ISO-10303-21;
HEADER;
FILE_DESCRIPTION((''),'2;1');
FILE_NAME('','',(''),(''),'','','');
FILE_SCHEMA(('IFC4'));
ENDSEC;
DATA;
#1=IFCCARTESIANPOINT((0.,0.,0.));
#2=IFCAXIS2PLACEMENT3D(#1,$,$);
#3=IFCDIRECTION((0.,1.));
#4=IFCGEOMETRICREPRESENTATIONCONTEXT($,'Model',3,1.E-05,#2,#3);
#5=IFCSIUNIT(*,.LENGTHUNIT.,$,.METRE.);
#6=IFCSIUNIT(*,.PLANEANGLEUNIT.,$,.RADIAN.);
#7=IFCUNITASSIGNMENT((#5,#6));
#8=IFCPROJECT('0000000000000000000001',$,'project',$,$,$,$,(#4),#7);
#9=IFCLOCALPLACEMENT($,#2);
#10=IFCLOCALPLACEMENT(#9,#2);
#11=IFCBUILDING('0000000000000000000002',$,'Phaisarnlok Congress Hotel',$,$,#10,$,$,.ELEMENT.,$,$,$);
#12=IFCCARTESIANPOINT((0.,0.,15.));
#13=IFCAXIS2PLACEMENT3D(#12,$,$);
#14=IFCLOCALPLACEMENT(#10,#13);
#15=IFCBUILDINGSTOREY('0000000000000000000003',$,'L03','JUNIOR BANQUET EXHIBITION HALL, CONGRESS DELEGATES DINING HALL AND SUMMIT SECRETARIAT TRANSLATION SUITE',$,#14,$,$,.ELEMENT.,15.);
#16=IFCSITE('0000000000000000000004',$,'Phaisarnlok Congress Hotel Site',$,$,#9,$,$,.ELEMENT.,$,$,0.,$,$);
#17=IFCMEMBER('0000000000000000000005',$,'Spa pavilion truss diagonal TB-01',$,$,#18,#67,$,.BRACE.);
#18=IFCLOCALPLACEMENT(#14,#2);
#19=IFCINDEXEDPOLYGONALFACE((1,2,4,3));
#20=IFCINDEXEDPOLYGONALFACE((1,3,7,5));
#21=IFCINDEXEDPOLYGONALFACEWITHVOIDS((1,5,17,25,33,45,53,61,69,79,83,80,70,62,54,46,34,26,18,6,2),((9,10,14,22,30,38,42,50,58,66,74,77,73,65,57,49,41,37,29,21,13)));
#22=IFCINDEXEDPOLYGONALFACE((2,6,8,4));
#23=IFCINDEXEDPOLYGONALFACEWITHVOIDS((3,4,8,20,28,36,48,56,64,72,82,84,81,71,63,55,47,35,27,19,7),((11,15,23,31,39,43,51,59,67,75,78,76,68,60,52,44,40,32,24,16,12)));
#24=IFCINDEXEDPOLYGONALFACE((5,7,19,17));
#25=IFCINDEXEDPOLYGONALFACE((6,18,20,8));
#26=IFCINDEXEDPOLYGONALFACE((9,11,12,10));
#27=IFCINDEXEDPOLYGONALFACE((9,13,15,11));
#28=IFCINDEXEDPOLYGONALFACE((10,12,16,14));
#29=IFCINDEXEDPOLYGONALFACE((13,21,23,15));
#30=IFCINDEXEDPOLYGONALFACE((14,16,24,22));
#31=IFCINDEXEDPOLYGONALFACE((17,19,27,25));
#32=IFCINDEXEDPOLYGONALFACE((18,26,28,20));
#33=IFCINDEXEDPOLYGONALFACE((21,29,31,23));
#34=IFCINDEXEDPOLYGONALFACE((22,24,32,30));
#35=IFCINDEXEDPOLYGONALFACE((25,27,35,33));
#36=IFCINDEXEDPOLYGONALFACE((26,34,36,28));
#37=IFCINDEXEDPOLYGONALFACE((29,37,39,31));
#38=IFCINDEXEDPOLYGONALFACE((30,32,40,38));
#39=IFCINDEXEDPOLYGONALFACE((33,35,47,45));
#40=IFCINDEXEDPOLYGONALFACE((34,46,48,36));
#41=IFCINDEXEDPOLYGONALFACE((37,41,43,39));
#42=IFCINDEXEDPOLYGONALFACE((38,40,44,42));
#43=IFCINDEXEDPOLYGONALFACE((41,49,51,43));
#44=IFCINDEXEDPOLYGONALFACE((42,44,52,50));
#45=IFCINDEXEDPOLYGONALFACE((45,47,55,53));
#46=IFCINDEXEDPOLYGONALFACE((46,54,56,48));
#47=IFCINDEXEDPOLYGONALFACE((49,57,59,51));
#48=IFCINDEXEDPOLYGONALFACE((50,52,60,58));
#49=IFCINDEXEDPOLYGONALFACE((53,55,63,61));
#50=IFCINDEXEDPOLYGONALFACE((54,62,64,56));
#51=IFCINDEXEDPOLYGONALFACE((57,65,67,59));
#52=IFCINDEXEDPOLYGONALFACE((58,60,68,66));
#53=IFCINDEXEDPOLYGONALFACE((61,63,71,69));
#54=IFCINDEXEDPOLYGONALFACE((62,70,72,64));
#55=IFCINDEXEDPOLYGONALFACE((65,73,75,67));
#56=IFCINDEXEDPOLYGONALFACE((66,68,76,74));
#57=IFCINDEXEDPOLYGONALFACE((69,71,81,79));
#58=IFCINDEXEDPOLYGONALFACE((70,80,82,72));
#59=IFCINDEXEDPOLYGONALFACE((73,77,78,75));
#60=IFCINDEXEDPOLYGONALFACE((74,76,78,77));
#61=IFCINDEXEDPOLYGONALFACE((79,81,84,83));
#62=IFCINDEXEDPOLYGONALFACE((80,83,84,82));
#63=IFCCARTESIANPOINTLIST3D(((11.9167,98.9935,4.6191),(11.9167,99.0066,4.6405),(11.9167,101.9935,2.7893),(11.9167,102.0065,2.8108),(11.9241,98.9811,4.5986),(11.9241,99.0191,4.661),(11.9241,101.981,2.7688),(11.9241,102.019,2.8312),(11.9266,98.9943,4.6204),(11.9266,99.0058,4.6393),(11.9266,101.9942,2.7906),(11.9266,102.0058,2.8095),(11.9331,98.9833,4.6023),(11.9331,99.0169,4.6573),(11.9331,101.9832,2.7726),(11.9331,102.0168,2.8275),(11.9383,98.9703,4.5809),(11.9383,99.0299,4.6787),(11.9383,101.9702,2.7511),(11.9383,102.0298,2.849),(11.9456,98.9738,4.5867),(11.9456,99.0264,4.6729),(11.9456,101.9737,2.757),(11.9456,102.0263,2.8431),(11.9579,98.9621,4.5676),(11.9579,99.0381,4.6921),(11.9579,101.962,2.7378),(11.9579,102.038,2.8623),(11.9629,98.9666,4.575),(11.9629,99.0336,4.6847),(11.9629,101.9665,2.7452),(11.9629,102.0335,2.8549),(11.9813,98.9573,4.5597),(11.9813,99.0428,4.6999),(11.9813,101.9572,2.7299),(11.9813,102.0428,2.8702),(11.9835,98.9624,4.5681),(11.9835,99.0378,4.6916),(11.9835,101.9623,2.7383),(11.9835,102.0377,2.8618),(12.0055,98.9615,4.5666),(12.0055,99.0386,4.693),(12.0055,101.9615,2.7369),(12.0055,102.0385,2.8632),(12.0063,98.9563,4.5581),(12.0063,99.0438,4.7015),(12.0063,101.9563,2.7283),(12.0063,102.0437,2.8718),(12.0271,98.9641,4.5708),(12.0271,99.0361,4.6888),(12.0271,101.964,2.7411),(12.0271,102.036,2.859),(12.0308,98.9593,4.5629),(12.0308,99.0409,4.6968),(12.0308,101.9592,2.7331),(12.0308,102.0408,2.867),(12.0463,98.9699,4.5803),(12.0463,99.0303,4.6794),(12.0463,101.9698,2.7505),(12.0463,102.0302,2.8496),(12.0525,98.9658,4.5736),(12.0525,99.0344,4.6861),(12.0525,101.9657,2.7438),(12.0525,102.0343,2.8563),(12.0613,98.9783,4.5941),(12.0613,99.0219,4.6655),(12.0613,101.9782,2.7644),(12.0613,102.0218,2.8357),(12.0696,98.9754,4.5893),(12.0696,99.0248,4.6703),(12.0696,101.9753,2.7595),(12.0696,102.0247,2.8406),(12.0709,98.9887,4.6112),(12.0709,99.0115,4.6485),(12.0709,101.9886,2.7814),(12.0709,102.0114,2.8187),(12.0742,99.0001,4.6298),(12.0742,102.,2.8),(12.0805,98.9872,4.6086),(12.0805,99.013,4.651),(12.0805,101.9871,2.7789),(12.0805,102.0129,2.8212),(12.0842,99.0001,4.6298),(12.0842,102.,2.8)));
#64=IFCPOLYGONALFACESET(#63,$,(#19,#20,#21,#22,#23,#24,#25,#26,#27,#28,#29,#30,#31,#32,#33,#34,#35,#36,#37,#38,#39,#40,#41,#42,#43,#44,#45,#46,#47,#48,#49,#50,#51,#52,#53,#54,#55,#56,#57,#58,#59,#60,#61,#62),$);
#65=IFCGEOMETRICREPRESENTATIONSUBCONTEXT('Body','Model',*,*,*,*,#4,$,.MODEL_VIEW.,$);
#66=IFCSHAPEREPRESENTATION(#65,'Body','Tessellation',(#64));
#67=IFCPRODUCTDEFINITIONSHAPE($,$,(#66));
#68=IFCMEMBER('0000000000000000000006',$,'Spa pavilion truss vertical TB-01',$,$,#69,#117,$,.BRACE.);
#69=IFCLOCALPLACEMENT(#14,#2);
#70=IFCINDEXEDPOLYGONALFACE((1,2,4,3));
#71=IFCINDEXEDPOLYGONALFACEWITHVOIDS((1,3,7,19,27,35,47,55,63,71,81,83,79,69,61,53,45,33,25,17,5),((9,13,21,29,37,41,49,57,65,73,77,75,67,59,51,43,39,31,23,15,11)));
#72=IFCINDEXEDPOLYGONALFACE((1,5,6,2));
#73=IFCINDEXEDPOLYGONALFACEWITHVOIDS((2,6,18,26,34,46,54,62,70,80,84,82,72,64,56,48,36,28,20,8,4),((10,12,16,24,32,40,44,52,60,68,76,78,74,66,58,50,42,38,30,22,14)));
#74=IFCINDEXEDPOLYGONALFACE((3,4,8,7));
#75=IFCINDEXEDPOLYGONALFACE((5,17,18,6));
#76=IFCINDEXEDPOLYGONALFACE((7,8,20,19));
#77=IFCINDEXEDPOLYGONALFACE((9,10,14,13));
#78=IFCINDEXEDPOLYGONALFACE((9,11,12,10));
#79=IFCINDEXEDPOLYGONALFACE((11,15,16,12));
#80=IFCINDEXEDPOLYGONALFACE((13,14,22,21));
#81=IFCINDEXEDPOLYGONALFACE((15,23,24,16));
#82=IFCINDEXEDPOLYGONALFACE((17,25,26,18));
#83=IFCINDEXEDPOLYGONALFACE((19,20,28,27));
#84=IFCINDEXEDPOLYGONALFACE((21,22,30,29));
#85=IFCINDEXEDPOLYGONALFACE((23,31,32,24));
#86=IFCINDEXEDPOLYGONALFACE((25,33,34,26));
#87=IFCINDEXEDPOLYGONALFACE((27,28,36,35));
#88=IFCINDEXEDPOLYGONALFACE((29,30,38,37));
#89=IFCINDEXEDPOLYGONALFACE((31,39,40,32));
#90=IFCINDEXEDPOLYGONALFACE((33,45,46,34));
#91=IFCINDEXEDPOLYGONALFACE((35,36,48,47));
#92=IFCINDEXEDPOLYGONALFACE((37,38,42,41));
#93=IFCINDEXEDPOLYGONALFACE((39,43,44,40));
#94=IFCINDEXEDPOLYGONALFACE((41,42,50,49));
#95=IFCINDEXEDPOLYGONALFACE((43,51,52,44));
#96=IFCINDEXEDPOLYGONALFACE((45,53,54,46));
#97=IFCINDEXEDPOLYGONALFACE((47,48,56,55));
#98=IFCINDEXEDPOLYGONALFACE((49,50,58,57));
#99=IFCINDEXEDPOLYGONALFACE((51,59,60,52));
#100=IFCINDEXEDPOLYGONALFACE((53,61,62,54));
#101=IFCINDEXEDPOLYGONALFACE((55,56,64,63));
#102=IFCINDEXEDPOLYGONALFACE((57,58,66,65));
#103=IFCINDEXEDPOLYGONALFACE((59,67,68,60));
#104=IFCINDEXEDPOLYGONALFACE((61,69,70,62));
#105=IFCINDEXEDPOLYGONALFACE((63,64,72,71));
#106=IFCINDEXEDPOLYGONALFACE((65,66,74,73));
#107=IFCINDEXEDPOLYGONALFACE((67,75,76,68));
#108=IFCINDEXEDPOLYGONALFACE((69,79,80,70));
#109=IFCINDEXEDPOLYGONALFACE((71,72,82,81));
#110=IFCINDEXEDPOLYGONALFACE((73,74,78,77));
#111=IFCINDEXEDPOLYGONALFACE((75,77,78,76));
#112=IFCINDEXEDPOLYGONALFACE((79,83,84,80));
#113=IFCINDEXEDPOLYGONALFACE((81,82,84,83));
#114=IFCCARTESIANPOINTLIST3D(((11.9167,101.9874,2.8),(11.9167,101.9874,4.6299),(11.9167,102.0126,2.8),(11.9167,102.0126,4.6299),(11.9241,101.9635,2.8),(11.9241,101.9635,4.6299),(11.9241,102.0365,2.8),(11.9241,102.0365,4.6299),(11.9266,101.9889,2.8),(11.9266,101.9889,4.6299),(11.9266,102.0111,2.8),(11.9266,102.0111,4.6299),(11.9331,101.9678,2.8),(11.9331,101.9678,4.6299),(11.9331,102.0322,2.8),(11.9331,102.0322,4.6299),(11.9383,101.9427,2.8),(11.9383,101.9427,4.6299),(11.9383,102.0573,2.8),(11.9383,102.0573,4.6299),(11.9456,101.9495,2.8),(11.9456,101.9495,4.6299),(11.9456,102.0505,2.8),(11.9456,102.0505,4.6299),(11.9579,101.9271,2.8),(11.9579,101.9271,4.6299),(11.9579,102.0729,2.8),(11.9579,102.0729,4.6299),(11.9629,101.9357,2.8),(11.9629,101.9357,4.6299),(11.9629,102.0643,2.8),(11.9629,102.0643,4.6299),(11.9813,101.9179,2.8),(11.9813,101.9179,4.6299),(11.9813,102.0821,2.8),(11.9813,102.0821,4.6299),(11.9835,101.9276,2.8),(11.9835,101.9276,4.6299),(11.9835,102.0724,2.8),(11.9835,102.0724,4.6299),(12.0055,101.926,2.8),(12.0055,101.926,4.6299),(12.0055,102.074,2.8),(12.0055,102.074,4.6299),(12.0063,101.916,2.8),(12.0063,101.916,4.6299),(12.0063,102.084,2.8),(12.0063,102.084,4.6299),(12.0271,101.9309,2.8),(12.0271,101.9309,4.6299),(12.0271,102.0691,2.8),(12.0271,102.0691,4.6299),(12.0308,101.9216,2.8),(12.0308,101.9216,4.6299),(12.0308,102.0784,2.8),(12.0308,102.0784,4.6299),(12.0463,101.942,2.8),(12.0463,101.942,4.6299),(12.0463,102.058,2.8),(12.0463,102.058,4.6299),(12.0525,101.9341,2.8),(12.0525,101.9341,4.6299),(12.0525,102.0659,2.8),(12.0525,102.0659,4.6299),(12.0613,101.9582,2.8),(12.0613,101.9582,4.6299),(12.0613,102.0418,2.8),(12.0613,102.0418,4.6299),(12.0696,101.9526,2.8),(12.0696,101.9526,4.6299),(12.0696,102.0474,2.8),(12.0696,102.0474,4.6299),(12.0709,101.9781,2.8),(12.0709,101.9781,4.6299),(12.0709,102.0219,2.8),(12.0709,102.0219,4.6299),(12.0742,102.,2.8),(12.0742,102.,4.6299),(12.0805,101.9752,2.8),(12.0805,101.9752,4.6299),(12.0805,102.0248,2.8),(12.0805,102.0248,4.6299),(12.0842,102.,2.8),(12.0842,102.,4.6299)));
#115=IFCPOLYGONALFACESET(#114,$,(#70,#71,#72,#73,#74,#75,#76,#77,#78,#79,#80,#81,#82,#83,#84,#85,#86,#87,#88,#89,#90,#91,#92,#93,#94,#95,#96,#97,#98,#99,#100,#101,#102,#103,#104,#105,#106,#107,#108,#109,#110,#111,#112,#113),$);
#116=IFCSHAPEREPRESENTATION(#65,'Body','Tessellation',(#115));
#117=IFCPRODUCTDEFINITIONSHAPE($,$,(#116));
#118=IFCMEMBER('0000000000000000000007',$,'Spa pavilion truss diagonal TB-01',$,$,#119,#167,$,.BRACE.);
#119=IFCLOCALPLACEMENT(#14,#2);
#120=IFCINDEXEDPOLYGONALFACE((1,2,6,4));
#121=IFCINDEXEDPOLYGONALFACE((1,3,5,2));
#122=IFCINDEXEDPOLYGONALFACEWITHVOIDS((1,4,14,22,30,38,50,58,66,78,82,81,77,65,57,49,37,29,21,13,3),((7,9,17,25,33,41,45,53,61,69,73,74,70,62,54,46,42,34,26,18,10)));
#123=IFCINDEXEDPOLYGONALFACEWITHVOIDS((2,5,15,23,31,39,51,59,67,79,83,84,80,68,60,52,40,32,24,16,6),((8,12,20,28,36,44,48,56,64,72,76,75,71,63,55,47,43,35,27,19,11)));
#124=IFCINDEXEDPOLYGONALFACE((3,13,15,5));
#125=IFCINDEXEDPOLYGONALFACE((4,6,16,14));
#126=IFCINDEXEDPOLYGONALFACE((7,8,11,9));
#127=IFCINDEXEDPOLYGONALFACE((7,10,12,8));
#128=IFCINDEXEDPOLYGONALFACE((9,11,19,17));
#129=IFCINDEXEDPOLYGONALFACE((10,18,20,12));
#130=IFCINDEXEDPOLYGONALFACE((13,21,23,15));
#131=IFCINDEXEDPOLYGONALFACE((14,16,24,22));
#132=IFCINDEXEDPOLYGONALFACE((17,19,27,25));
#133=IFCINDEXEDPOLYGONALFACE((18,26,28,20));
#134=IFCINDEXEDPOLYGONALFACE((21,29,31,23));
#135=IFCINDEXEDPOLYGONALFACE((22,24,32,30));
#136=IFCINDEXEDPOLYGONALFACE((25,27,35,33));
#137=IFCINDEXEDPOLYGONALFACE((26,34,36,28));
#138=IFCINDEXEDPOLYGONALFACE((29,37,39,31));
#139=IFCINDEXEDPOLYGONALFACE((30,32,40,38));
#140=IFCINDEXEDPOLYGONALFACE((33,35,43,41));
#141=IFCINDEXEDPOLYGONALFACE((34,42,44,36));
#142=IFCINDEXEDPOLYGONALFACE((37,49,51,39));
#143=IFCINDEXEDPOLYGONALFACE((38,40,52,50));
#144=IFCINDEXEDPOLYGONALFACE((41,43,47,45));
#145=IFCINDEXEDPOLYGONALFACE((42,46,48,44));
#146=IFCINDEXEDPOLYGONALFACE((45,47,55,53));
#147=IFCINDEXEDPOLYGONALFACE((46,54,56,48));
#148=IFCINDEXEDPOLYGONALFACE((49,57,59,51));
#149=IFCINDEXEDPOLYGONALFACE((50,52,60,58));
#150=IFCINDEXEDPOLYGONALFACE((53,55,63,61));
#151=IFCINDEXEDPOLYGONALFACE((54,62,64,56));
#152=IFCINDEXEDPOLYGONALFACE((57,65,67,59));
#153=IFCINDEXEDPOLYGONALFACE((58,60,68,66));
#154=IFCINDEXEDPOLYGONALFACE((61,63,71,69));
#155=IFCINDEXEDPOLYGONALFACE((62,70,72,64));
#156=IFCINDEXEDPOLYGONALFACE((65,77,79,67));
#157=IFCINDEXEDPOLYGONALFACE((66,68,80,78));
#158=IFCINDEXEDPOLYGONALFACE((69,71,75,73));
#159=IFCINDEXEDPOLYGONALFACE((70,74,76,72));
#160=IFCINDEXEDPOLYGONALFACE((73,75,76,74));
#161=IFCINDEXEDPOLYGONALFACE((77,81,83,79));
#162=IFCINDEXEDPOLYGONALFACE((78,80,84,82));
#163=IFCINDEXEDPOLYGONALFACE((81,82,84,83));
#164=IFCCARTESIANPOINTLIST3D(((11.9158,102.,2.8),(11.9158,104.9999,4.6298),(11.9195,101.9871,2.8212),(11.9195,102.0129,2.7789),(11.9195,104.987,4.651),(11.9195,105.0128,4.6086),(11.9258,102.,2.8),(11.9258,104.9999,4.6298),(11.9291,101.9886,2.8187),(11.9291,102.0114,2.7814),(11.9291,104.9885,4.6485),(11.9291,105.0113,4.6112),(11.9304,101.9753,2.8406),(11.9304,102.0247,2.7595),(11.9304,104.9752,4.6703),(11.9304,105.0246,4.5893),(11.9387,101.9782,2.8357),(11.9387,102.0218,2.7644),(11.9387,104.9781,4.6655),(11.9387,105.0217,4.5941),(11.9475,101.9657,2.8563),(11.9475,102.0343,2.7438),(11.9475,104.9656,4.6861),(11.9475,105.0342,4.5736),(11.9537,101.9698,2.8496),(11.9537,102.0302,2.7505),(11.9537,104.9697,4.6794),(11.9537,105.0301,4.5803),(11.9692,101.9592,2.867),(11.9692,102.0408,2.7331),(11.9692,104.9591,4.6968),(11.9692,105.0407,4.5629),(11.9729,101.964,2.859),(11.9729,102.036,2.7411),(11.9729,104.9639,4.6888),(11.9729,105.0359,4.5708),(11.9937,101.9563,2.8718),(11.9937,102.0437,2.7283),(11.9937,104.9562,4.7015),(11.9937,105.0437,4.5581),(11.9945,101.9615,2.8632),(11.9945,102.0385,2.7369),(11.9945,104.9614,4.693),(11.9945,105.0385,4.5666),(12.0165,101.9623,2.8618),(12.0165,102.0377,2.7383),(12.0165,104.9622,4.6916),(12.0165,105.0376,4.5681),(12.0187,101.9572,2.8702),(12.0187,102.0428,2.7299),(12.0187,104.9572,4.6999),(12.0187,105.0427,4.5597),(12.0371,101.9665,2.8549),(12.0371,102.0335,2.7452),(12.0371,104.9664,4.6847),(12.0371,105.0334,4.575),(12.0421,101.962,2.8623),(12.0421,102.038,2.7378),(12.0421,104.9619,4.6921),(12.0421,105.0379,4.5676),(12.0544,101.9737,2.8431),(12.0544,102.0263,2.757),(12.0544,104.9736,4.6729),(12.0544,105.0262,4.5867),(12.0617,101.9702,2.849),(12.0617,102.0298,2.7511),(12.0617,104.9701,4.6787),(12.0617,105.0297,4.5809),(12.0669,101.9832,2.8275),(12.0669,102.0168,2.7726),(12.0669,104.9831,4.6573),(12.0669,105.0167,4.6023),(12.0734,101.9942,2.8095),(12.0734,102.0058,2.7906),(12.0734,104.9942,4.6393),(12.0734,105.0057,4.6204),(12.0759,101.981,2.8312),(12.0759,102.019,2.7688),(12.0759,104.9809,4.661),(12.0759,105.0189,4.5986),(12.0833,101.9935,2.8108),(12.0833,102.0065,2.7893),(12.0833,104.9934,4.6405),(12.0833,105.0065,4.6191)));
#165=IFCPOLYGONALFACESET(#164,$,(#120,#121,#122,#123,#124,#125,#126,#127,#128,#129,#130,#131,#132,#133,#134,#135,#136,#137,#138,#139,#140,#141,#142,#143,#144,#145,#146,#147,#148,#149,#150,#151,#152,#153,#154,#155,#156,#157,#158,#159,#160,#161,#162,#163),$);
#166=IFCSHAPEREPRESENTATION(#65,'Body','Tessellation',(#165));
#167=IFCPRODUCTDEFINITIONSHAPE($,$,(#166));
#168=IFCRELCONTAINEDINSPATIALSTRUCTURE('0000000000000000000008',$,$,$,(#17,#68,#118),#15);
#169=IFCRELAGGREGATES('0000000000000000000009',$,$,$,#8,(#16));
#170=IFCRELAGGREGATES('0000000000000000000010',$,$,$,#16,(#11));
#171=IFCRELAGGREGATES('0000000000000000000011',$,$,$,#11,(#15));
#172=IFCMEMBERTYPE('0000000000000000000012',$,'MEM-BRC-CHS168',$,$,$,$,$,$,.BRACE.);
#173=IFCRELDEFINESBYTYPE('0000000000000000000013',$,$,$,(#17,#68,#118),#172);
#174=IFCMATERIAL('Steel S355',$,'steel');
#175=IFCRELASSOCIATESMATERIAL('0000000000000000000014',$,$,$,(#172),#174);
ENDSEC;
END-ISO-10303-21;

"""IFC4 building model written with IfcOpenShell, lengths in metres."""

from ifc_helpers import new_model, si_unit, direction, frame, origin, origin_2d, place, context, subcontext, project, spatial, hollow_circle, extrude, material, material_profile, profile_set, type_object, element, save


model = new_model("IFC4")

# Units and contexts
model_context = context("Model", 3, precision=1e-05, world=origin(), true_north=direction((0.0, 1.0)))
body_context = subcontext(model_context, "Body", "Model", "MODEL_VIEW")
ifc_project = project(units=[si_unit("LENGTHUNIT", "METRE"), si_unit("PLANEANGLEUNIT", "RADIAN")], contexts=[model_context])

# Site, building, storey
site_placement = place(None, origin())
site = spatial("IfcSite", under=ifc_project, at=site_placement, Name="Phaisarnlok Congress Hotel Site", CompositionType="ELEMENT", RefElevation=0.0)
building_placement = place(site_placement, origin())
building = spatial("IfcBuilding", under=site, at=building_placement, Name="Phaisarnlok Congress Hotel", CompositionType="ELEMENT")
storey_placement = place(building_placement, frame((0.0, 0.0, 15.0)))
storey = spatial("IfcBuildingStorey", under=building, at=storey_placement, Name="L03", Description="JUNIOR BANQUET EXHIBITION HALL, CONGRESS DELEGATES DINING HALL AND SUMMIT SECRETARIAT TRANSLATION SUITE", CompositionType="ELEMENT", Elevation=15.0)

# Members
ifc_material = material(Name="Steel S355", Category="steel")
ifc_material_profile_1 = material_profile(ifc_material, hollow_circle(Radius=0.0842, WallThickness=0.01, at=origin_2d()), Name="CHS 168.3x10")
ifc_profile_set_1 = profile_set([ifc_material_profile_1], Name="Steel S355")
member_type_1 = type_object("IfcMemberType", Name="MEM-BRC-CHS168", PredefinedType="BRACE", material=ifc_profile_set_1)
member_1_placement = place(storey_placement, frame((12.0, 102.0, 2.8), z_axis=(0.0, -0.853725, 0.520725), x_axis=(1.0, 0.0, 0.0)))
element("IfcMember", 1, at=member_1_placement, inside=storey, type_object=member_type_1, Name="Spa pavilion truss diagonal TB-01", PredefinedType="BRACE", context=body_context, shape_type="SweptSolid", body=[
    extrude(hollow_circle(Radius=0.0842, WallThickness=0.01, at=origin_2d()), origin(), (0.0, 0.0, 1.0), 3.5139),
])
member_2_placement = place(storey_placement, frame((12.0, 102.0, 2.8), z_axis=(0.0, 0.0, 1.0), x_axis=(1.0, 0.0, 0.0)))
element("IfcMember", 2, at=member_2_placement, inside=storey, type_object=member_type_1, Name="Spa pavilion truss vertical TB-01", PredefinedType="BRACE", context=body_context, shape_type="SweptSolid", body=[
    extrude(hollow_circle(Radius=0.0842, WallThickness=0.01, at=origin_2d()), origin(), (0.0, 0.0, 1.0), 1.8298),
])
for number, where, z_axis, x_axis, name in (
    (3, (12.0, 102.0, 2.8), (0.0, 0.853725, 0.520725), (-1.0, 0.0, 0.0), "Spa pavilion truss diagonal TB-01"),
):
    element("IfcMember", number, at=place(storey_placement, frame(where, z_axis=z_axis, x_axis=x_axis)), inside=storey, type_object=member_type_1, Name=name, PredefinedType="BRACE", context=body_context, shape_type="SweptSolid", body=[
        extrude(hollow_circle(Radius=0.0842, WallThickness=0.01, at=origin_2d()), origin(), (0.0, 0.0, 1.0), 3.5139),
    ])

save(model, "model.ifc")
